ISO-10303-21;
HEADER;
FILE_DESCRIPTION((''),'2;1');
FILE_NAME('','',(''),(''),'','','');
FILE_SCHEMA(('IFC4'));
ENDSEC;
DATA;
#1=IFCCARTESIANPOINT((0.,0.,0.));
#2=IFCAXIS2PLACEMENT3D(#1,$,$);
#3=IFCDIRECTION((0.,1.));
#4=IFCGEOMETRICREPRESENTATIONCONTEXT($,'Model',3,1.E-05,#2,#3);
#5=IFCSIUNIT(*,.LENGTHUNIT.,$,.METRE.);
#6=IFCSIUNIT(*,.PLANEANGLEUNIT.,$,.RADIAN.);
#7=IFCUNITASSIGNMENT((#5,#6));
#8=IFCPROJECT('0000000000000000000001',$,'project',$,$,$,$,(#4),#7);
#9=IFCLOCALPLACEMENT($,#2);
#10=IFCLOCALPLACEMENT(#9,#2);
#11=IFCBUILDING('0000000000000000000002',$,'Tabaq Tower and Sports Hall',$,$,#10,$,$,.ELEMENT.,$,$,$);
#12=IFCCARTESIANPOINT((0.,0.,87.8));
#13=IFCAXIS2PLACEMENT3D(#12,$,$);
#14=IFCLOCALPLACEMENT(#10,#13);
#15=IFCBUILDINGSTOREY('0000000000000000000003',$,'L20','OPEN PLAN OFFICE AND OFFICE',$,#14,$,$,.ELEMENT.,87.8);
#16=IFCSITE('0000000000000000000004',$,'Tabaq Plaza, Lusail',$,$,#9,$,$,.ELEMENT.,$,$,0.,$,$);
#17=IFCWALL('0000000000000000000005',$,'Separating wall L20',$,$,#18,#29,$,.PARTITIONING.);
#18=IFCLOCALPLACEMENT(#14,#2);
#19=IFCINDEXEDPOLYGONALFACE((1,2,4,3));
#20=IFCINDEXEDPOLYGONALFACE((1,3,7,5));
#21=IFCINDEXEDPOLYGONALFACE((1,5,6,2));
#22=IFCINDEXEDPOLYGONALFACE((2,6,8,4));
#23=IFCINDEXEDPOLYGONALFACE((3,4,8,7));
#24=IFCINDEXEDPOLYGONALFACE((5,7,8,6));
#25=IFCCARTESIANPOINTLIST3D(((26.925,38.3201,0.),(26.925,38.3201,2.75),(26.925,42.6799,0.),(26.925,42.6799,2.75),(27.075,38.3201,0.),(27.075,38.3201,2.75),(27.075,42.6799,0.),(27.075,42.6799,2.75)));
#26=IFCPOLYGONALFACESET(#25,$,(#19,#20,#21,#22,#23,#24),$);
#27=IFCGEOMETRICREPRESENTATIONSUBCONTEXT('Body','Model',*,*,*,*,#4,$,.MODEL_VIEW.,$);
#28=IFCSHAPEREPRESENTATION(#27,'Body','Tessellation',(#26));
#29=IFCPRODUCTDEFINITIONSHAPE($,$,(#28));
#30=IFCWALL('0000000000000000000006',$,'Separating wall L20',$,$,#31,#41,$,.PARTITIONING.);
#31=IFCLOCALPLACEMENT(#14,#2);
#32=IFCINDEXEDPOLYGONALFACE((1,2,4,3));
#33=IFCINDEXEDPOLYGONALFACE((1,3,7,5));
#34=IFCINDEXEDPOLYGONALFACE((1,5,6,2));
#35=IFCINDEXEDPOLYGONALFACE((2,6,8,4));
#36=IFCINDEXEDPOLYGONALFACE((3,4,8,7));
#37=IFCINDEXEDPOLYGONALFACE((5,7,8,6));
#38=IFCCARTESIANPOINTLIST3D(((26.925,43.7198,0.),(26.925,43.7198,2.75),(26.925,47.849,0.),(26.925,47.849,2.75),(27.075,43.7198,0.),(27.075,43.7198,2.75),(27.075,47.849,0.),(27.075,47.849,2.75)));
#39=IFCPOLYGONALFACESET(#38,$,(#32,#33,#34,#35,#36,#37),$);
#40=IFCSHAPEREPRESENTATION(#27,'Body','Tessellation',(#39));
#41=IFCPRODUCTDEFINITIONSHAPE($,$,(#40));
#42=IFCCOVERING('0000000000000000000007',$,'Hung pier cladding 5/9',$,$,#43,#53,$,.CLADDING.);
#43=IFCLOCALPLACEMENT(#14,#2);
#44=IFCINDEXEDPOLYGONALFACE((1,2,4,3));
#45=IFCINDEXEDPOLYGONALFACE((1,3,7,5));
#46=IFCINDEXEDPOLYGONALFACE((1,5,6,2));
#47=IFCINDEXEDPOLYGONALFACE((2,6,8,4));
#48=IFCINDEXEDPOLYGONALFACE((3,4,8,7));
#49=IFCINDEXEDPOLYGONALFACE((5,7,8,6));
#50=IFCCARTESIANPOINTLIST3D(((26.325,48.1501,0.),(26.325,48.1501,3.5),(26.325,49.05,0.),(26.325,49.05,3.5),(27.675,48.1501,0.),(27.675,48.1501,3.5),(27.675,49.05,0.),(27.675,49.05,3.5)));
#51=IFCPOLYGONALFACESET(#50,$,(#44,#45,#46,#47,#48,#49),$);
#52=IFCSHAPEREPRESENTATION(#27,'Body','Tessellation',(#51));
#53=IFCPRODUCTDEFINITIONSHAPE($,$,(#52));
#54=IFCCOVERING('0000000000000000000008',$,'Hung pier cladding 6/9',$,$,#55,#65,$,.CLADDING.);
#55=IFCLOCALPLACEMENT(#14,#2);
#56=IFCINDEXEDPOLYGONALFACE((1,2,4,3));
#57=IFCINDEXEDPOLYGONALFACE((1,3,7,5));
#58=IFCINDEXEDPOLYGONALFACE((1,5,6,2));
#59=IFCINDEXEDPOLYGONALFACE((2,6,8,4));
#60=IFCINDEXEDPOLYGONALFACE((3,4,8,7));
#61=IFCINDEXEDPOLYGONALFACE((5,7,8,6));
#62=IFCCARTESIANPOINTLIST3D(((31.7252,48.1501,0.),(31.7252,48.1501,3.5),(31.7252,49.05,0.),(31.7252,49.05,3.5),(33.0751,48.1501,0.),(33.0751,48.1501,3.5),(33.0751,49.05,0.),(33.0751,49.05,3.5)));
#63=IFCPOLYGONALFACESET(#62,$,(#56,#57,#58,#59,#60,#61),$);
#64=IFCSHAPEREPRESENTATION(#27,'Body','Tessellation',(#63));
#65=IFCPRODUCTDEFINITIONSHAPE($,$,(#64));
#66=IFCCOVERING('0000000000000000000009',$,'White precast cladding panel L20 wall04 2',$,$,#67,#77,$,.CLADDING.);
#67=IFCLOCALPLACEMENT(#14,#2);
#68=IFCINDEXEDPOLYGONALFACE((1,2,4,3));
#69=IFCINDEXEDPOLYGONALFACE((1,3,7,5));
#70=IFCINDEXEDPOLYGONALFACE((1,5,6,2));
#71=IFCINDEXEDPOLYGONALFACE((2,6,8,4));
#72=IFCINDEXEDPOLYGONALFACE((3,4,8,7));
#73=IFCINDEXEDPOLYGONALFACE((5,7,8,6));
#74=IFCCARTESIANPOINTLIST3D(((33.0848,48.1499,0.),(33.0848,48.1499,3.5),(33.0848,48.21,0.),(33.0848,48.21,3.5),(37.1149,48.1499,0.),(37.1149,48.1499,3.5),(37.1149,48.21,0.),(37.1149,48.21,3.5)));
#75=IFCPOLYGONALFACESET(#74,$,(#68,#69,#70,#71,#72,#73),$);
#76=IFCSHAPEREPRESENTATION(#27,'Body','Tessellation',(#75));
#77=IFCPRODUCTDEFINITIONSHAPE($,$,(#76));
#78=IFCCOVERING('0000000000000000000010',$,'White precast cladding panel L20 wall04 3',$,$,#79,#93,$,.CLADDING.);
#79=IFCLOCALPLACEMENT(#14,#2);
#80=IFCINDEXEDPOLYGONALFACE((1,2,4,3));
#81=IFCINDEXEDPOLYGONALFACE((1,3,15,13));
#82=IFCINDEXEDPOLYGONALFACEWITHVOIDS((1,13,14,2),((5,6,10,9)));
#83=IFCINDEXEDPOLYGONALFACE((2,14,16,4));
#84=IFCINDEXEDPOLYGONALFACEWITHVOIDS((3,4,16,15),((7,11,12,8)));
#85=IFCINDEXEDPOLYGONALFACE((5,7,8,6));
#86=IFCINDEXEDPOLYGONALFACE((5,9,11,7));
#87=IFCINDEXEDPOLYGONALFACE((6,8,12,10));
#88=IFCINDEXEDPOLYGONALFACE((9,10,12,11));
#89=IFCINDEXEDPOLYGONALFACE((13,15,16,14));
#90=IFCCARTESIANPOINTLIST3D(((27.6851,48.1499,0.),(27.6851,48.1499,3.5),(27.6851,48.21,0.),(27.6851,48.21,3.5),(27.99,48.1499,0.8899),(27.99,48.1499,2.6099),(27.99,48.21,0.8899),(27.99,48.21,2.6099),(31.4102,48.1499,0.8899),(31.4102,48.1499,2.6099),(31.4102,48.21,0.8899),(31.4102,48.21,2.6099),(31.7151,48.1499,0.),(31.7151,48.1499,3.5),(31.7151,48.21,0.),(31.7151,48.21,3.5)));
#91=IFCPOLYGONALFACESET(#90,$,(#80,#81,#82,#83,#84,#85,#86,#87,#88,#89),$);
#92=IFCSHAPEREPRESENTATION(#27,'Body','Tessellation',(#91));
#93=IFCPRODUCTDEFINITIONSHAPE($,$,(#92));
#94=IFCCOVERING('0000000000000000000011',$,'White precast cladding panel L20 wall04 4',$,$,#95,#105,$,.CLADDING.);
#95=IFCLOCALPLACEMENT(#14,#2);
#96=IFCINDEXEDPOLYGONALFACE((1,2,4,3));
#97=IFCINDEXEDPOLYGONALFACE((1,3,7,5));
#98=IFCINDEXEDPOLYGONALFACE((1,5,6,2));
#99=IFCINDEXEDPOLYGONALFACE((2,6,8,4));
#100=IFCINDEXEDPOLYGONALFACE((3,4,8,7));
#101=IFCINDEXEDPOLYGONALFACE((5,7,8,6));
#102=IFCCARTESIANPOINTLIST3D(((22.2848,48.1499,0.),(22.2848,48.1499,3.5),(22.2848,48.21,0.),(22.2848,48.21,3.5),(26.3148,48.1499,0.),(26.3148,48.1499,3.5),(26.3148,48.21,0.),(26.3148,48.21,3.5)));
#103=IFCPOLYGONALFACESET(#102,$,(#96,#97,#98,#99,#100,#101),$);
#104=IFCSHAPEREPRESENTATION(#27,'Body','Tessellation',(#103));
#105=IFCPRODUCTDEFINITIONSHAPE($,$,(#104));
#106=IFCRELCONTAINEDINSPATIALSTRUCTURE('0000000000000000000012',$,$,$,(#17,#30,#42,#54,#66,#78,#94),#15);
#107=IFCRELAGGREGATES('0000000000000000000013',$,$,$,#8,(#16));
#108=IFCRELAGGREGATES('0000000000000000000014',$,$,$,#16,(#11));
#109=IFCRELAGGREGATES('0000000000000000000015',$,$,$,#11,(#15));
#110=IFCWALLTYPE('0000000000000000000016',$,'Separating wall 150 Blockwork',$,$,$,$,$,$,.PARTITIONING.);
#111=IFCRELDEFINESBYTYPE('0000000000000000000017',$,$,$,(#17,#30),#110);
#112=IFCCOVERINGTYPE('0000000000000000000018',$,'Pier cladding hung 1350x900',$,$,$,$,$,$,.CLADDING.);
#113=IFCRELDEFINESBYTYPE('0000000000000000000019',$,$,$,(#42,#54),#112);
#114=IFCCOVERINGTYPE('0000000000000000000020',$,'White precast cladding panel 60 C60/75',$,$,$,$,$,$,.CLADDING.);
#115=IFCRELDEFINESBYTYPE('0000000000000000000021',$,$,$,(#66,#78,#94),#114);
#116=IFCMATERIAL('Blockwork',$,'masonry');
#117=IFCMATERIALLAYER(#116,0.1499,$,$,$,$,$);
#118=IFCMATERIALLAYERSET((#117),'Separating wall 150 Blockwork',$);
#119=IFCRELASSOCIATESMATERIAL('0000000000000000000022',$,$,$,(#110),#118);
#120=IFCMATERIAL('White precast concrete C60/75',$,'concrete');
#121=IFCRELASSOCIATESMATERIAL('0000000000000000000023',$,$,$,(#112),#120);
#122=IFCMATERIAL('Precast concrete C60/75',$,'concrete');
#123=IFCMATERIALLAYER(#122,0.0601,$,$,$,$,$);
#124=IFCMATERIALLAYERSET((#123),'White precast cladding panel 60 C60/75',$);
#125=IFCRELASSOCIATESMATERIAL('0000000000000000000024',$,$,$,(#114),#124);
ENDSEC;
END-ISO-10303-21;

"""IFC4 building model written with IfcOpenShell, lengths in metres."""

from ifc_helpers import new_model, si_unit, direction, frame, frame_2d, origin, place, context, subcontext, project, spatial, polyline, rectangle, outline, extrude, material, layer, layer_set, type_object, element, save


model = new_model("IFC4")

# Units and contexts
model_context = context("Model", 3, precision=1e-05, world=origin(), true_north=direction((0.0, 1.0)))
body_context = subcontext(model_context, "Body", "Model", "MODEL_VIEW")
ifc_project = project(units=[si_unit("LENGTHUNIT", "METRE"), si_unit("PLANEANGLEUNIT", "RADIAN")], contexts=[model_context])

# Site, building, storey
site_placement = place(None, origin())
site = spatial("IfcSite", under=ifc_project, at=site_placement, Name="Tabaq Plaza, Lusail", CompositionType="ELEMENT", RefElevation=0.0)
building_placement = place(site_placement, origin())
building = spatial("IfcBuilding", under=site, at=building_placement, Name="Tabaq Tower and Sports Hall", CompositionType="ELEMENT")
storey_placement = place(building_placement, frame((0.0, 0.0, 87.8)))
storey = spatial("IfcBuildingStorey", under=building, at=storey_placement, Name="L20", Description="OPEN PLAN OFFICE AND OFFICE", CompositionType="ELEMENT", Elevation=87.8)

# Walls
ifc_material_1 = material(Name="Blockwork", Category="masonry")
ifc_layer_1 = layer(ifc_material_1, 0.1499)
ifc_layer_set_1 = layer_set([ifc_layer_1], Name="Separating wall 150 Blockwork")
wall_type_1 = type_object("IfcWallType", Name="Separating wall 150 Blockwork", PredefinedType="PARTITIONING", material=ifc_layer_set_1)
wall_1_placement = place(storey_placement, frame((27.0, 38.3201, 0.0), z_axis=(0.0, 0.0, 1.0), x_axis=(0.0, 1.0, 0.0)))
element("IfcWall", 1, at=wall_1_placement, inside=storey, type_object=wall_type_1, Name="Separating wall L20", PredefinedType="PARTITIONING", context=body_context, shape_type="SweptSolid", body=[
    extrude(rectangle(XDim=4.3599, YDim=0.1499, at=frame_2d((2.1799, 0.0))), origin(), (0.0, 0.0, 1.0), 2.75),
])
wall_2_placement = place(storey_placement, frame((27.0, 43.72, 0.0), z_axis=(0.0, 0.0, 1.0), x_axis=(0.0, 1.0, 0.0)))
element("IfcWall", 2, at=wall_2_placement, inside=storey, type_object=wall_type_1, Name="Separating wall L20", PredefinedType="PARTITIONING", context=body_context, shape_type="SweptSolid", body=[
    extrude(rectangle(XDim=4.1292, YDim=0.1499, at=frame_2d((2.0645, 0.0))), origin(), (0.0, 0.0, 1.0), 2.75),
])

# Coverings
ifc_material_2 = material(Name="White precast concrete C60/75", Category="concrete")
covering_type_1 = type_object("IfcCoveringType", Name="Pier cladding hung 1350x900", PredefinedType="CLADDING", material=ifc_material_2)
covering_1_placement = place(storey_placement, frame((27.675, 48.6001, 0.0), z_axis=(0.0, 0.0, 1.0), x_axis=(-1.0, 0.0, 0.0)))
element("IfcCovering", 3, at=covering_1_placement, inside=storey, type_object=covering_type_1, Name="Hung pier cladding 5/9", PredefinedType="CLADDING", context=body_context, shape_type="SweptSolid", body=[
    extrude(rectangle(XDim=1.3501, YDim=0.8999, at=frame_2d((0.675, 0.0))), origin(), (0.0, 0.0, 1.0), 3.5),
])
covering_2_placement = place(storey_placement, frame((33.075, 48.6001, 0.0), z_axis=(0.0, 0.0, 1.0), x_axis=(-1.0, 0.0, 0.0)))
element("IfcCovering", 4, at=covering_2_placement, inside=storey, type_object=covering_type_1, Name="Hung pier cladding 6/9", PredefinedType="CLADDING", context=body_context, shape_type="SweptSolid", body=[
    extrude(rectangle(XDim=1.3499, YDim=0.8999, at=frame_2d((0.6748, 0.0))), origin(), (0.0, 0.0, 1.0), 3.5),
])
ifc_material_3 = material(Name="Precast concrete C60/75", Category="concrete")
ifc_layer_2 = layer(ifc_material_3, 0.0601)
ifc_layer_set_2 = layer_set([ifc_layer_2], Name="White precast cladding panel 60 C60/75")
covering_type_2 = type_object("IfcCoveringType", Name="White precast cladding panel 60 C60/75", PredefinedType="CLADDING", material=ifc_layer_set_2)
covering_3_placement = place(storey_placement, frame((37.115, 48.1799, 0.0), z_axis=(0.0, 0.0, 1.0), x_axis=(-1.0, 0.0, 0.0)))
element("IfcCovering", 5, at=covering_3_placement, inside=storey, type_object=covering_type_2, Name="White precast cladding panel L20 wall04 2", PredefinedType="CLADDING", context=body_context, shape_type="SweptSolid", body=[
    extrude(rectangle(XDim=4.03, YDim=0.0601, at=frame_2d((2.0151, 0.0))), origin(), (0.0, 0.0, 1.0), 3.5),
])
covering_4_placement = place(storey_placement, frame((31.7151, 48.1799, 0.0), z_axis=(0.0, 0.0, 1.0), x_axis=(-1.0, 0.0, 0.0)))
element("IfcCovering", 6, at=covering_4_placement, inside=storey, type_object=covering_type_2, Name="White precast cladding panel L20 wall04 3", PredefinedType="CLADDING", context=body_context, shape_type="SweptSolid", body=[
    extrude(outline(polyline([(0.0, 0.0), (4.03, 0.0), (4.03, 3.5), (0.0, 3.5), (0.0, 0.0)]), holes=[polyline([(0.3049, 0.8899), (0.3049, 2.6099), (3.7251, 2.6099), (3.7251, 0.8899), (0.3049, 0.8899)])]), frame((0.0, 0.03, 0.0), z_axis=(0.0, -1.0, 0.0), x_axis=(1.0, 0.0, 0.0)), (0.0, 0.0, 1.0), 0.0601),
])
covering_5_placement = place(storey_placement, frame((26.3149, 48.1799, 0.0), z_axis=(0.0, 0.0, 1.0), x_axis=(-1.0, 0.0, 0.0)))
element("IfcCovering", 7, at=covering_5_placement, inside=storey, type_object=covering_type_2, Name="White precast cladding panel L20 wall04 4", PredefinedType="CLADDING", context=body_context, shape_type="SweptSolid", body=[
    extrude(rectangle(XDim=4.03, YDim=0.0601, at=frame_2d((2.0151, 0.0))), origin(), (0.0, 0.0, 1.0), 3.5),
])

save(model, "model.ifc")
